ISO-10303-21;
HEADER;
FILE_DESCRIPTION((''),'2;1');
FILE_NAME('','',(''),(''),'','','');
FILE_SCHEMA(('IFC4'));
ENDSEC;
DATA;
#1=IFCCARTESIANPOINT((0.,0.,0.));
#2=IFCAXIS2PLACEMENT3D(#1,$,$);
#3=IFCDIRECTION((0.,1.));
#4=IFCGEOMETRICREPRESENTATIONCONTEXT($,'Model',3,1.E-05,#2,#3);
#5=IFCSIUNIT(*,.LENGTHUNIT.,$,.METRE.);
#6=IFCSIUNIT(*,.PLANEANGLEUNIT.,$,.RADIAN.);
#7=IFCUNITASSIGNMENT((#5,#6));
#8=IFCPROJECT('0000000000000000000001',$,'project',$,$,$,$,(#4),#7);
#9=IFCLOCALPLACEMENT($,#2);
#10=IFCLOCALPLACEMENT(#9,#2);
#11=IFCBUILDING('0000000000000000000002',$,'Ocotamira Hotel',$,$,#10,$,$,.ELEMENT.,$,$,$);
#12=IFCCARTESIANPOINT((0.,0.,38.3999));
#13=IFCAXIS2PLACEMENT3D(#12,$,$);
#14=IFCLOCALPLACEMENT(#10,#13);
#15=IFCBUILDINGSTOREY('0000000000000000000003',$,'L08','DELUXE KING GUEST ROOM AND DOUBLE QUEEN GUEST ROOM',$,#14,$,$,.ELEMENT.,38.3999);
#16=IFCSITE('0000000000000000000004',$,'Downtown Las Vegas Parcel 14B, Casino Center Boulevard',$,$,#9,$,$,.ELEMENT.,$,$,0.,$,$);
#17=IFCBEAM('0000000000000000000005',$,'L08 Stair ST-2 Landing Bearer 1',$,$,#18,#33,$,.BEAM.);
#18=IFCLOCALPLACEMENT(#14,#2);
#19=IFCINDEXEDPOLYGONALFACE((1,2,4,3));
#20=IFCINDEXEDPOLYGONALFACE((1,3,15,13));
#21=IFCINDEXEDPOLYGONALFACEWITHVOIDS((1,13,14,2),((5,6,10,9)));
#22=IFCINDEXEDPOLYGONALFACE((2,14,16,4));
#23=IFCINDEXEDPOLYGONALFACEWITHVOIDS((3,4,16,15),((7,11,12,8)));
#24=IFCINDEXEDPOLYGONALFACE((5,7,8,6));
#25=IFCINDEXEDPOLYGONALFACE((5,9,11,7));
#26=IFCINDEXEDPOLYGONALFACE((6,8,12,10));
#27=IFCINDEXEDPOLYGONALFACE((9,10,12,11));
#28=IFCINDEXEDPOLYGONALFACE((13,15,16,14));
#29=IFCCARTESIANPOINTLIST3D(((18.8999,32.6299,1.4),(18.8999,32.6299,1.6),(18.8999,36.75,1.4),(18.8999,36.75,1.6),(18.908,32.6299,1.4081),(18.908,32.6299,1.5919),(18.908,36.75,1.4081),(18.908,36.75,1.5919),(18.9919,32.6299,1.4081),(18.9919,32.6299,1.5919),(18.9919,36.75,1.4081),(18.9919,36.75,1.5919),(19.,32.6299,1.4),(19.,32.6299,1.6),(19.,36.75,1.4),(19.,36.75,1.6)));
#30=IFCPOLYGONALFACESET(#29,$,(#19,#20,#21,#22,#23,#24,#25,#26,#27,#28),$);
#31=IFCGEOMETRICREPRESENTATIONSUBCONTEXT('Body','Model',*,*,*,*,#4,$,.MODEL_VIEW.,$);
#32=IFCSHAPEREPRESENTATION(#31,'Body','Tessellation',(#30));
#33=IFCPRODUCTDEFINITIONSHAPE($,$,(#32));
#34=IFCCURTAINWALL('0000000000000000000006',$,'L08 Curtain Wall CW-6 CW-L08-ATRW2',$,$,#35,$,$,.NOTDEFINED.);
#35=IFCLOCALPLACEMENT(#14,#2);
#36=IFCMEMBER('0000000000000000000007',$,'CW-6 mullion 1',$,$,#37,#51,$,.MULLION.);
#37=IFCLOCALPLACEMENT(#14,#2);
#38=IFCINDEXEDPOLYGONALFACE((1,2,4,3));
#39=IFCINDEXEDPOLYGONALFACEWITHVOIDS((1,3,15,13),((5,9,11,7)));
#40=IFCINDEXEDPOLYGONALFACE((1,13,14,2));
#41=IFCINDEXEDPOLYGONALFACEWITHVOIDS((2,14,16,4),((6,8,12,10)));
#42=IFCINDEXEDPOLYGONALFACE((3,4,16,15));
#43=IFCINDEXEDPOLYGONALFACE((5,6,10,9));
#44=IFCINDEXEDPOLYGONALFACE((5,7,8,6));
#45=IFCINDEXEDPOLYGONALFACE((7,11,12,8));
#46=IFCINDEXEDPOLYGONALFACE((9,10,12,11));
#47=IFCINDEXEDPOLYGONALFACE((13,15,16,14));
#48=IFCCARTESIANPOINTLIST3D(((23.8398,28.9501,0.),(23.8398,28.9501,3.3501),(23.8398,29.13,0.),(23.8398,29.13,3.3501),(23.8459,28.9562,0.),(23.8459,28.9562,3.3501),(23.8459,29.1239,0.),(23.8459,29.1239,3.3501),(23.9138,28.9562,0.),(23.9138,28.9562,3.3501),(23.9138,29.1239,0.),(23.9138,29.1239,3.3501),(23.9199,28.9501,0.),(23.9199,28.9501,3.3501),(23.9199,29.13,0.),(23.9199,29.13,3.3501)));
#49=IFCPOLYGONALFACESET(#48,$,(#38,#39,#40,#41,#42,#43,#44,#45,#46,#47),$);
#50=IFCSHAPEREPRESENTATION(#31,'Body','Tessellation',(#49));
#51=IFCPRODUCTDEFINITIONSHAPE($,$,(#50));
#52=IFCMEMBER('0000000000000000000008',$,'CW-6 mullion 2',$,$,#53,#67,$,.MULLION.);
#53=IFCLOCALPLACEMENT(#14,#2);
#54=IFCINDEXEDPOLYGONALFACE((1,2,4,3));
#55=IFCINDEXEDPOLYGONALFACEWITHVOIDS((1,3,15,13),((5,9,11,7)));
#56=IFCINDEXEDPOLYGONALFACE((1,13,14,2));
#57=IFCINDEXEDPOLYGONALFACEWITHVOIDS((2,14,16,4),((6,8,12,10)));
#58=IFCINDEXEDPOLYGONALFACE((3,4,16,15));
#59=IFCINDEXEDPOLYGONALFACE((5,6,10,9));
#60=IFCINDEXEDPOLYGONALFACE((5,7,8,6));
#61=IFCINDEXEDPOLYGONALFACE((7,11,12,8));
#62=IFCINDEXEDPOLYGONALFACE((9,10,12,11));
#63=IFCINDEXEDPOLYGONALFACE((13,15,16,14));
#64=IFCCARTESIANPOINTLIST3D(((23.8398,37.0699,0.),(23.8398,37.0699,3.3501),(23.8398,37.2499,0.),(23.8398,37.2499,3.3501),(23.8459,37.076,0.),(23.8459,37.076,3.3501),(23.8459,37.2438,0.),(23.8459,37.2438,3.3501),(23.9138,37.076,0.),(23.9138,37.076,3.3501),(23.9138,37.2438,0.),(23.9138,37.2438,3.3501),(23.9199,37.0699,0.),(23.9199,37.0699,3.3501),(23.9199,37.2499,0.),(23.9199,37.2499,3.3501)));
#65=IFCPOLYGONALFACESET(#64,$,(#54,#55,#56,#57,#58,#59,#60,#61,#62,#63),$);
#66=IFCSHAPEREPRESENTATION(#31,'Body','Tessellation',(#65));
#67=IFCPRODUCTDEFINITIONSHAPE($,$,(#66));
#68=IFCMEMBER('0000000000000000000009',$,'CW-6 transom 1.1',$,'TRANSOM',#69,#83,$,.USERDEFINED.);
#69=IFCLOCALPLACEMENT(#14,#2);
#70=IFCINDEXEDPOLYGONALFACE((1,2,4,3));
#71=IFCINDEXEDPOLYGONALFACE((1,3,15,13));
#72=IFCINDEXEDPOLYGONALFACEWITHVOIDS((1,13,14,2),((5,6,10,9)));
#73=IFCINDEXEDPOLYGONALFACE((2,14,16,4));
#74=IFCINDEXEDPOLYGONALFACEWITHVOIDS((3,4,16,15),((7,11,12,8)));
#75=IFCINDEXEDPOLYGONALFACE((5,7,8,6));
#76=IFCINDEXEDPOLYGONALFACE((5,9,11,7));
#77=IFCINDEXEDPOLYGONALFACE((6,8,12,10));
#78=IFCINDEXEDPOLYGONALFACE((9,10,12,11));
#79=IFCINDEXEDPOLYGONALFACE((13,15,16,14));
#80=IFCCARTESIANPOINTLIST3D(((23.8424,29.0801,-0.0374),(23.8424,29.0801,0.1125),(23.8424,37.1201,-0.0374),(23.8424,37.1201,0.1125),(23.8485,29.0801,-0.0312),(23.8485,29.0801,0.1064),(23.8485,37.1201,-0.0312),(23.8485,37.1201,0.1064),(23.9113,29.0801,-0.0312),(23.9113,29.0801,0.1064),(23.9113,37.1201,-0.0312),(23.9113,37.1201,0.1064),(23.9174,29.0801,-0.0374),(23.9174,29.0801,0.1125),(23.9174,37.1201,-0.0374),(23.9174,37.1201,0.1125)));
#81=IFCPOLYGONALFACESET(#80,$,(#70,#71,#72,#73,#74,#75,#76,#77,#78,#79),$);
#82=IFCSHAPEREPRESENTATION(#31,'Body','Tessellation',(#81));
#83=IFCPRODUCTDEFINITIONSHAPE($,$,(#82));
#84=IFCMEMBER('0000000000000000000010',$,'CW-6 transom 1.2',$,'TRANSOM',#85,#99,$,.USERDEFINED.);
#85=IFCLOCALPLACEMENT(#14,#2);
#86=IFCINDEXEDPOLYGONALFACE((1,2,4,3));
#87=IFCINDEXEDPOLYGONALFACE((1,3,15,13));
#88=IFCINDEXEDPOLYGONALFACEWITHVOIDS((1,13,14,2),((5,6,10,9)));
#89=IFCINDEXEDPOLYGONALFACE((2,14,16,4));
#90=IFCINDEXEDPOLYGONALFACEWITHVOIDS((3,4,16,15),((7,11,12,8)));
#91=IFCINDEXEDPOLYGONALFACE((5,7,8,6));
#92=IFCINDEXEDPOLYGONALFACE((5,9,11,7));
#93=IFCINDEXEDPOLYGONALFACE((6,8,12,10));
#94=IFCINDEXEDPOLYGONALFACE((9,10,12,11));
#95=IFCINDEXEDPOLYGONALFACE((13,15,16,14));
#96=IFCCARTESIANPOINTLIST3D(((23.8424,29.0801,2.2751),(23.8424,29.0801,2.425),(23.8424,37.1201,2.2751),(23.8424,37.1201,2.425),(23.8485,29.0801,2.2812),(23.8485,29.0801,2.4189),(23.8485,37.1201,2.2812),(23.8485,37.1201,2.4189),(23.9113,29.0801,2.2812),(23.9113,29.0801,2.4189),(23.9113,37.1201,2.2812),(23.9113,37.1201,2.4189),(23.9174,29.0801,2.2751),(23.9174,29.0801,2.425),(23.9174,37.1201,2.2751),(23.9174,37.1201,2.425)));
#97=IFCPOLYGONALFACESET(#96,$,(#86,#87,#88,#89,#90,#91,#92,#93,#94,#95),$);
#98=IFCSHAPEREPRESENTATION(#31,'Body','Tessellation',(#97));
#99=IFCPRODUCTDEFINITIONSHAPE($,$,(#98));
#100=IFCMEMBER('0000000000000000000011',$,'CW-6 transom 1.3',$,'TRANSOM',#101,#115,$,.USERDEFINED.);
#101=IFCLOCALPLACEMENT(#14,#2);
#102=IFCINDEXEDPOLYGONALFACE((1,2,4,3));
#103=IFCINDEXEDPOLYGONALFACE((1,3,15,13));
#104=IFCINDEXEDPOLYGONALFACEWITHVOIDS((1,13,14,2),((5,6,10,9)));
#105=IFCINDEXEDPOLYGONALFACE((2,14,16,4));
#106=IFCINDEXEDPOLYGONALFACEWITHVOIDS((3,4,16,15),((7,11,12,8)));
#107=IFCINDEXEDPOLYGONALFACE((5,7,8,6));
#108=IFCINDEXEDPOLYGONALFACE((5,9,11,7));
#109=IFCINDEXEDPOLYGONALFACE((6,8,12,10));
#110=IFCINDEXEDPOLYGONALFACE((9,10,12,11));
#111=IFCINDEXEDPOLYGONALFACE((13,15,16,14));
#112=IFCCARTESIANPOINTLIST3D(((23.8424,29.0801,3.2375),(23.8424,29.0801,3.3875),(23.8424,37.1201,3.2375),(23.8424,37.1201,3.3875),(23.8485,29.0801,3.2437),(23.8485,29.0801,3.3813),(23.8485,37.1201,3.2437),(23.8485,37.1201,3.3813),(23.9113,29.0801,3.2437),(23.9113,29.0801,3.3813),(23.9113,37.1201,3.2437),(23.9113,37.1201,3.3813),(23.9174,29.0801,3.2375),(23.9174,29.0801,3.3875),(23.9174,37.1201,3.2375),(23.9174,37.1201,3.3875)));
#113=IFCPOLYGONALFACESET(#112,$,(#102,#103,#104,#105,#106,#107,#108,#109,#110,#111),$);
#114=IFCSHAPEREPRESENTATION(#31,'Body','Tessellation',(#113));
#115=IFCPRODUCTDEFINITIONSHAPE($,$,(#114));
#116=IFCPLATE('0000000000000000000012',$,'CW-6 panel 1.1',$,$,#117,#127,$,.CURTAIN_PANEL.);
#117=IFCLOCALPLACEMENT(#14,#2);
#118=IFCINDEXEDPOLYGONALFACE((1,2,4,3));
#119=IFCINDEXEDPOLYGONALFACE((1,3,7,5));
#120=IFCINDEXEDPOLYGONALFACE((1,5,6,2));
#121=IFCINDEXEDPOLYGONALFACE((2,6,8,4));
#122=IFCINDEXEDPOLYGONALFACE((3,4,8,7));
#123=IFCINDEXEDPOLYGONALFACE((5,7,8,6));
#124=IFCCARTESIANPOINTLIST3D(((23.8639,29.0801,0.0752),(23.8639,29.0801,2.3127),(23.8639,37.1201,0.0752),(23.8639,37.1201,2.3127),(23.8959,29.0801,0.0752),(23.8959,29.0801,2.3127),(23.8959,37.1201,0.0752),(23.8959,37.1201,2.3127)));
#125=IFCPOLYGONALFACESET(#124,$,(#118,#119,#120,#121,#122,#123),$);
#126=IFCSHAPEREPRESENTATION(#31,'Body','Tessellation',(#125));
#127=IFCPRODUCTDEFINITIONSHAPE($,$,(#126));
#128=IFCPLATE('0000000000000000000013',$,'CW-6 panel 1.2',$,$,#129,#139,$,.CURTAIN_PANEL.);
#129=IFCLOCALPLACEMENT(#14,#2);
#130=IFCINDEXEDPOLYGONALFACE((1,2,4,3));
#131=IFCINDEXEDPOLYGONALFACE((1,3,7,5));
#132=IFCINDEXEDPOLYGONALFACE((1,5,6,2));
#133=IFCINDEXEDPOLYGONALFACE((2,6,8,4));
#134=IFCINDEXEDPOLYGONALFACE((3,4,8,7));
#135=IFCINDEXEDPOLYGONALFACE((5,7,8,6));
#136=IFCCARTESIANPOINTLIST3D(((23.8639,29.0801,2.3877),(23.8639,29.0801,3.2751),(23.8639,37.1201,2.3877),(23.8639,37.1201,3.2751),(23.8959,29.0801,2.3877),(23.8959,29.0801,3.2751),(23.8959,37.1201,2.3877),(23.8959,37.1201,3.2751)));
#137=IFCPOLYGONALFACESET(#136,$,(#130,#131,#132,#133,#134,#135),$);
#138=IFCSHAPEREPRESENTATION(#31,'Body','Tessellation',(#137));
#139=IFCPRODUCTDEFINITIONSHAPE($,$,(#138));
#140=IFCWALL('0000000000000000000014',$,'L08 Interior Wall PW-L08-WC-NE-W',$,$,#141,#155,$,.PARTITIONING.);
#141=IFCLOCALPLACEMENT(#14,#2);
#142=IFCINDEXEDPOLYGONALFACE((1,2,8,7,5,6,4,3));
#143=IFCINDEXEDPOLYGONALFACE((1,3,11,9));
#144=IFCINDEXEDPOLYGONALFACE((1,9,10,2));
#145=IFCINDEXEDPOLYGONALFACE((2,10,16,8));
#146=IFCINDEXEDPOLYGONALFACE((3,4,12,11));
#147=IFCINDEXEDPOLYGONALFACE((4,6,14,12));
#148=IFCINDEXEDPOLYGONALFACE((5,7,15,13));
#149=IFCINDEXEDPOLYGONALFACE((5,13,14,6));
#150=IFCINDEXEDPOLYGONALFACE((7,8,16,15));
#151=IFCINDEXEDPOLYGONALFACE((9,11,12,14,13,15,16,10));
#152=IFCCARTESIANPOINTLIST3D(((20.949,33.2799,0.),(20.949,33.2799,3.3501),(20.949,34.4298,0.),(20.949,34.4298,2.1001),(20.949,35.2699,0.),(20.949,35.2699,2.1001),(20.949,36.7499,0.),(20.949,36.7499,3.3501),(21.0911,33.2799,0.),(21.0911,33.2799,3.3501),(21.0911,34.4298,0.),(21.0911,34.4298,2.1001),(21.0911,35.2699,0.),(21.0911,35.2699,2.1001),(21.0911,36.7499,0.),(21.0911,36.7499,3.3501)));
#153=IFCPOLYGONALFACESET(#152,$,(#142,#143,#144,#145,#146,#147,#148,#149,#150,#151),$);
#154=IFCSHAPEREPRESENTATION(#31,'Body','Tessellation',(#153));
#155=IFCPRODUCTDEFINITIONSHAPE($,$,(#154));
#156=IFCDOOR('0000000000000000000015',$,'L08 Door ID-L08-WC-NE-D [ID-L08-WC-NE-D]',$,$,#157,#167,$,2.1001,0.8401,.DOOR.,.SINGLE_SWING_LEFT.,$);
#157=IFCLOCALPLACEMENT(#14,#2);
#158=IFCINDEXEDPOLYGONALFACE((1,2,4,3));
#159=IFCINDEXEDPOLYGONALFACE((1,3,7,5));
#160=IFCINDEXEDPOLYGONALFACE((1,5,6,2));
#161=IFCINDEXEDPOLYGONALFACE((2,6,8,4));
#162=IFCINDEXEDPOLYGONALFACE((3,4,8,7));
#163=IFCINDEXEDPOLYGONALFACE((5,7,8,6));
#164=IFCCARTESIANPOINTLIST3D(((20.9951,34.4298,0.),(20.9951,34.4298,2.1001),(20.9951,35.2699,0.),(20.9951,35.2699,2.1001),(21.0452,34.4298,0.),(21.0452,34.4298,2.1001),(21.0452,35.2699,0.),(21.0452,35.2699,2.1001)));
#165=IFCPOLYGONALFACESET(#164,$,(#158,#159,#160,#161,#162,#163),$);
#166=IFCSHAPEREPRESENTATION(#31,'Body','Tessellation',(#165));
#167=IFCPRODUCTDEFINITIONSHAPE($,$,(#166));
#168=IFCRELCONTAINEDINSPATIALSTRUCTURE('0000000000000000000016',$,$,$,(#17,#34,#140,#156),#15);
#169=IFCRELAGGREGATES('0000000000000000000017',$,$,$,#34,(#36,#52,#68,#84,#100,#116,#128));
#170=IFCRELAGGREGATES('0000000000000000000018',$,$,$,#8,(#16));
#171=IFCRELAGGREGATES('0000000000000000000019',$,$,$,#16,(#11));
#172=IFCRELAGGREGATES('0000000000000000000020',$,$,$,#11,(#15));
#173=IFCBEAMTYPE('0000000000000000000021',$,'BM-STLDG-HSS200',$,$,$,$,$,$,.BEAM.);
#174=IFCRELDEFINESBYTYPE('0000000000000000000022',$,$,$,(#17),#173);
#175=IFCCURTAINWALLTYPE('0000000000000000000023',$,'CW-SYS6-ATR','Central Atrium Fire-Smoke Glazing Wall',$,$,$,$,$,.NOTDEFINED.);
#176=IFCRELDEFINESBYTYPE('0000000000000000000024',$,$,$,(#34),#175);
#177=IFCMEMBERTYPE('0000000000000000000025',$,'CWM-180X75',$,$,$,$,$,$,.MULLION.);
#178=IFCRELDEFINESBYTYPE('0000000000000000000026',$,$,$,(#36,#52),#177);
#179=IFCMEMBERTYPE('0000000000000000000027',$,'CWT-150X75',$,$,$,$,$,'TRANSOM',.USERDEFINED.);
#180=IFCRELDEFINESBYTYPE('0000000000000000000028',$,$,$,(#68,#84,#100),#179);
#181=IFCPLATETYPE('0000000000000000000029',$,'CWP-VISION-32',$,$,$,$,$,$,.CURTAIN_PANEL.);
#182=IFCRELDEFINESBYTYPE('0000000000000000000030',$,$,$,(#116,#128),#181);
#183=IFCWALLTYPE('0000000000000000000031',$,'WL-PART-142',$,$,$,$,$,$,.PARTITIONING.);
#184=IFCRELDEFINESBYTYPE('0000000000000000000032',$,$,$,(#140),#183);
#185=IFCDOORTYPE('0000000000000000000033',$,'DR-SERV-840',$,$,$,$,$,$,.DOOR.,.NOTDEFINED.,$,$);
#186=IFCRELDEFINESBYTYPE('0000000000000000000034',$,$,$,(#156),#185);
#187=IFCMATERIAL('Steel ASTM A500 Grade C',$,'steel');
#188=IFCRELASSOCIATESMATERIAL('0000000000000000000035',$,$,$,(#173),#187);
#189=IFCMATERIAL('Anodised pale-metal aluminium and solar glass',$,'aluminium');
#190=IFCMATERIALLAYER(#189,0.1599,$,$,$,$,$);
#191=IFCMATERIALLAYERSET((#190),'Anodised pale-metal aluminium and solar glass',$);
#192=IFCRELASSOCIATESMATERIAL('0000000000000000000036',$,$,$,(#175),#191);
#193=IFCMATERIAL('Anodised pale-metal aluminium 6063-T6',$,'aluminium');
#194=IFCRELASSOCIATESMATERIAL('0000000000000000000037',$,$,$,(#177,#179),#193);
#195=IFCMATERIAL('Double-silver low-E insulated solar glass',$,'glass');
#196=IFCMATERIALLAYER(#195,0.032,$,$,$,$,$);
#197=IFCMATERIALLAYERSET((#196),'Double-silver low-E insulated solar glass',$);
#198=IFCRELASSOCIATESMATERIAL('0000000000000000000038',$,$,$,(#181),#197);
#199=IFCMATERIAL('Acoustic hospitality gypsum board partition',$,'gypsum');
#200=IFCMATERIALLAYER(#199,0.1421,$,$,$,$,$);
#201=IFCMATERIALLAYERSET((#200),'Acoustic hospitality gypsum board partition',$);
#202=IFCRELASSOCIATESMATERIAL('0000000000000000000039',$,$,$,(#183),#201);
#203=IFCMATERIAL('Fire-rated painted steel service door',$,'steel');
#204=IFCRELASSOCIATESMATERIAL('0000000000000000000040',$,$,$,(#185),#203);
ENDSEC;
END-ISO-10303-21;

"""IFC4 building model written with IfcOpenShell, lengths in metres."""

from ifc_helpers import new_model, si_unit, direction, frame, frame_2d, origin, origin_2d, place, context, subcontext, project, spatial, rectangle, hollow_rectangle, extrude, source, transform, mapped, material, layer, layer_set, material_profile, profile_set, type_object, element, fill, aggregate, save


model = new_model("IFC4")

# Units and contexts
model_context = context("Model", 3, precision=1e-05, world=origin(), true_north=direction((0.0, 1.0)))
body_context = subcontext(model_context, "Body", "Model", "MODEL_VIEW")
ifc_project = project(units=[si_unit("LENGTHUNIT", "METRE"), si_unit("PLANEANGLEUNIT", "RADIAN")], contexts=[model_context])

# Site, building, storey
site_placement = place(None, origin())
site = spatial("IfcSite", under=ifc_project, at=site_placement, Name="Downtown Las Vegas Parcel 14B, Casino Center Boulevard", CompositionType="ELEMENT", RefElevation=0.0)
building_placement = place(site_placement, origin())
building = spatial("IfcBuilding", under=site, at=building_placement, Name="Ocotamira Hotel", CompositionType="ELEMENT")
storey_placement = place(building_placement, frame((0.0, 0.0, 38.3999)))
storey = spatial("IfcBuildingStorey", under=building, at=storey_placement, Name="L08", Description="DELUXE KING GUEST ROOM AND DOUBLE QUEEN GUEST ROOM", CompositionType="ELEMENT", Elevation=38.3999)

# Beam
ifc_material_1 = material(Name="Steel ASTM A500 Grade C", Category="steel")
ifc_material_profile_1 = material_profile(ifc_material_1, hollow_rectangle(XDim=0.1001, YDim=0.2, WallThickness=0.0081, at=origin_2d()), Name="HSS200X100X8")
ifc_profile_set_1 = profile_set([ifc_material_profile_1], Name="Steel ASTM A500 Grade C")
beam_type = type_object("IfcBeamType", Name="BM-STLDG-HSS200", PredefinedType="BEAM", material=ifc_profile_set_1)
shared_shape_1 = source(origin(), body_context, "Body", "SweptSolid", [
    extrude(hollow_rectangle(XDim=0.1001, YDim=0.2, WallThickness=0.0081, at=origin_2d()), origin(), (0.0, 0.0, 1.0), 4.1201),
])
beam_placement = place(storey_placement, frame((18.95, 32.6299, 1.5), z_axis=(0.0, 1.0, 0.0), x_axis=(-1.0, 0.0, 0.0)))
element("IfcBeam", 1, at=beam_placement, inside=storey, type_object=beam_type, Name="L08 Stair ST-2 Landing Bearer 1", PredefinedType="BEAM", context=body_context, shape_type="MappedRepresentation", body=[
    mapped(shared_shape_1, transform((0.0, 0.0, 0.0), scale=1.0)),
])

# Curtain wall, members, plates
ifc_material_2 = material(Name="Anodised pale-metal aluminium and solar glass", Category="aluminium")
ifc_layer_1 = layer(ifc_material_2, 0.1599)
ifc_layer_set_1 = layer_set([ifc_layer_1], Name="Anodised pale-metal aluminium and solar glass")
curtain_wall_type = type_object("IfcCurtainWallType", Name="CW-SYS6-ATR", Description="Central Atrium Fire-Smoke Glazing Wall", PredefinedType="NOTDEFINED", material=ifc_layer_set_1)
curtain_wall_placement = place(storey_placement, origin())
curtain_wall = element("IfcCurtainWall", 2, at=curtain_wall_placement, inside=storey, type_object=curtain_wall_type, Name="L08 Curtain Wall CW-6 CW-L08-ATRW2", PredefinedType="NOTDEFINED")
ifc_material_3 = material(Name="Anodised pale-metal aluminium 6063-T6", Category="aluminium")
ifc_material_profile_2 = material_profile(ifc_material_3, hollow_rectangle(XDim=0.0801, YDim=0.1799, WallThickness=0.0061, at=origin_2d()), Name="HSS180X80X6")
ifc_profile_set_2 = profile_set([ifc_material_profile_2], Name="Anodised pale-metal aluminium 6063-T6")
member_type_1 = type_object("IfcMemberType", Name="CWM-180X75", PredefinedType="MULLION", material=ifc_profile_set_2)
shared_shape_2 = source(origin(), body_context, "Body", "SweptSolid", [
    extrude(hollow_rectangle(XDim=0.0801, YDim=0.1799, WallThickness=0.0061, at=origin_2d()), origin(), (0.0, 0.0, 1.0), 3.3501),
])
member_1_placement = place(storey_placement, frame((23.8799, 29.04, 0.0), z_axis=(0.0, 0.0, 1.0), x_axis=(-1.0, 0.0, 0.0)))
member_1 = element("IfcMember", 3, at=member_1_placement, type_object=member_type_1, Name="CW-6 mullion 1", PredefinedType="MULLION", context=body_context, shape_type="MappedRepresentation", body=[
    mapped(shared_shape_2, transform((0.0, 0.0, 0.0), scale=1.0)),
])
member_2_placement = place(storey_placement, frame((23.8799, 37.1599, 0.0), z_axis=(0.0, 0.0, 1.0), x_axis=(-1.0, 0.0, 0.0)))
member_2 = element("IfcMember", 4, at=member_2_placement, type_object=member_type_1, Name="CW-6 mullion 2", PredefinedType="MULLION", context=body_context, shape_type="MappedRepresentation", body=[
    mapped(shared_shape_2, transform((0.0, 0.0, 0.0), scale=1.0)),
])
ifc_material_profile_3 = material_profile(ifc_material_3, hollow_rectangle(XDim=0.075, YDim=0.1499, WallThickness=0.0061, at=origin_2d()), Name="HSS150X75X6")
ifc_profile_set_3 = profile_set([ifc_material_profile_3], Name="Anodised pale-metal aluminium 6063-T6")
member_type_2 = type_object("IfcMemberType", Name="CWT-150X75", ElementType="TRANSOM", PredefinedType="USERDEFINED", material=ifc_profile_set_3)
shared_shape_3 = source(origin(), body_context, "Body", "SweptSolid", [
    extrude(hollow_rectangle(XDim=0.075, YDim=0.1499, WallThickness=0.0061, at=origin_2d()), origin(), (0.0, 0.0, 1.0), 8.04),
])
member_3_placement = place(storey_placement, frame((23.8799, 29.0801, 0.0376), z_axis=(0.0, 1.0, 0.0), x_axis=(-1.0, 0.0, 0.0)))
member_3 = element("IfcMember", 5, at=member_3_placement, type_object=member_type_2, Name="CW-6 transom 1.1", ObjectType="TRANSOM", PredefinedType="USERDEFINED", context=body_context, shape_type="MappedRepresentation", body=[
    mapped(shared_shape_3, transform((0.0, 0.0, 0.0), scale=1.0)),
])
member_4_placement = place(storey_placement, frame((23.8799, 29.0801, 2.3501), z_axis=(0.0, 1.0, 0.0), x_axis=(-1.0, 0.0, 0.0)))
member_4 = element("IfcMember", 6, at=member_4_placement, type_object=member_type_2, Name="CW-6 transom 1.2", ObjectType="TRANSOM", PredefinedType="USERDEFINED", context=body_context, shape_type="MappedRepresentation", body=[
    mapped(shared_shape_3, transform((0.0, 0.0, 0.0), scale=1.0)),
])
member_5_placement = place(storey_placement, frame((23.8799, 29.0801, 3.3125), z_axis=(0.0, 1.0, 0.0), x_axis=(-1.0, 0.0, 0.0)))
member_5 = element("IfcMember", 7, at=member_5_placement, type_object=member_type_2, Name="CW-6 transom 1.3", ObjectType="TRANSOM", PredefinedType="USERDEFINED", context=body_context, shape_type="MappedRepresentation", body=[
    mapped(shared_shape_3, transform((0.0, 0.0, 0.0), scale=1.0)),
])
ifc_material_4 = material(Name="Double-silver low-E insulated solar glass", Category="glass")
ifc_layer_2 = layer(ifc_material_4, 0.032)
ifc_layer_set_2 = layer_set([ifc_layer_2], Name="Double-silver low-E insulated solar glass")
plate_type = type_object("IfcPlateType", Name="CWP-VISION-32", PredefinedType="CURTAIN_PANEL", material=ifc_layer_set_2)
shared_shape_4 = source(origin(), body_context, "Body", "SweptSolid", [
    extrude(rectangle(XDim=8.04, YDim=0.032, at=origin_2d()), origin(), (0.0, 0.0, 1.0), 2.2375),
])
plate_1_placement = place(storey_placement, frame((23.8799, 33.1001, 0.0752), z_axis=(0.0, 0.0, 1.0), x_axis=(0.0, 1.0, 0.0)))
plate_1 = element("IfcPlate", 8, at=plate_1_placement, type_object=plate_type, Name="CW-6 panel 1.1", PredefinedType="CURTAIN_PANEL", context=body_context, shape_type="MappedRepresentation", body=[
    mapped(shared_shape_4, transform((0.0, 0.0, 0.0), scale=1.0)),
])
shared_shape_5 = source(origin(), body_context, "Body", "SweptSolid", [
    extrude(rectangle(XDim=8.04, YDim=0.032, at=origin_2d()), origin(), (0.0, 0.0, 1.0), 0.8875),
])
plate_2_placement = place(storey_placement, frame((23.8799, 33.1001, 2.3877), z_axis=(0.0, 0.0, 1.0), x_axis=(0.0, 1.0, 0.0)))
plate_2 = element("IfcPlate", 9, at=plate_2_placement, type_object=plate_type, Name="CW-6 panel 1.2", PredefinedType="CURTAIN_PANEL", context=body_context, shape_type="MappedRepresentation", body=[
    mapped(shared_shape_5, transform((0.0, 0.0, 0.0), scale=1.0)),
])
aggregate(curtain_wall, [member_1, member_2, member_3, member_4, member_5, plate_1, plate_2])

# Wall, opening, door
ifc_material_5 = material(Name="Acoustic hospitality gypsum board partition", Category="gypsum")
ifc_layer_3 = layer(ifc_material_5, 0.1421)
ifc_layer_set_3 = layer_set([ifc_layer_3], Name="Acoustic hospitality gypsum board partition")
wall_type_1 = type_object("IfcWallType", Name="WL-PART-142", PredefinedType="PARTITIONING", material=ifc_layer_set_3)
wall_1_placement = place(storey_placement, frame((21.02, 33.28, 0.0), z_axis=(0.0, 0.0, 1.0), x_axis=(0.0, 1.0, 0.0)))
wall_1 = element("IfcWall", 10, at=wall_1_placement, inside=storey, type_object=wall_type_1, Name="L08 Interior Wall PW-L08-WC-NE-W", PredefinedType="PARTITIONING", context=body_context, shape_type="SweptSolid", body=[
    extrude(rectangle(XDim=3.47, YDim=0.1421, at=frame_2d((1.7349, 0.0))), origin(), (0.0, 0.0, 1.0), 3.3501),
])
opening_placement = place(wall_1_placement, frame((1.1499, 0.0, 0.0)))
opening = element("IfcOpeningElement", 11, at=opening_placement, cuts=wall_1, PredefinedType="OPENING", context=body_context, shape_type="SweptSolid", body=[
    extrude(rectangle(XDim=0.8401, YDim=2.1001, at=frame_2d((0.4199, 1.05))), frame((0.0, 0.0811, 0.0), z_axis=(0.0, -1.0, 0.0), x_axis=(1.0, 0.0, 0.0)), (0.0, 0.0, 1.0), 0.1621),
])
ifc_material_6 = material(Name="Fire-rated painted steel service door", Category="steel")
door_type = type_object("IfcDoorType", Name="DR-SERV-840", OperationType="NOTDEFINED", PredefinedType="DOOR", material=ifc_material_6)
shared_shape_6 = source(origin(), body_context, "Body", "SweptSolid", [
    extrude(rectangle(XDim=0.8401, YDim=2.1001, at=frame_2d((0.4199, 1.05))), frame((0.0, 0.0249, 0.0), z_axis=(0.0, -1.0, 0.0), x_axis=(1.0, 0.0, 0.0)), (0.0, 0.0, 1.0), 0.05),
])
door_placement = place(opening_placement, origin())
door = element("IfcDoor", 12, at=door_placement, inside=storey, type_object=door_type, Name="L08 Door ID-L08-WC-NE-D [ID-L08-WC-NE-D]", OperationType="SINGLE_SWING_LEFT", OverallHeight=2.1001, OverallWidth=0.8401, PredefinedType="DOOR", context=body_context, shape_type="MappedRepresentation", body=[
    mapped(shared_shape_6, transform((0.0, 0.0, 0.0), scale=1.0)),
])
fill(opening, door)

save(model, "model.ifc")
